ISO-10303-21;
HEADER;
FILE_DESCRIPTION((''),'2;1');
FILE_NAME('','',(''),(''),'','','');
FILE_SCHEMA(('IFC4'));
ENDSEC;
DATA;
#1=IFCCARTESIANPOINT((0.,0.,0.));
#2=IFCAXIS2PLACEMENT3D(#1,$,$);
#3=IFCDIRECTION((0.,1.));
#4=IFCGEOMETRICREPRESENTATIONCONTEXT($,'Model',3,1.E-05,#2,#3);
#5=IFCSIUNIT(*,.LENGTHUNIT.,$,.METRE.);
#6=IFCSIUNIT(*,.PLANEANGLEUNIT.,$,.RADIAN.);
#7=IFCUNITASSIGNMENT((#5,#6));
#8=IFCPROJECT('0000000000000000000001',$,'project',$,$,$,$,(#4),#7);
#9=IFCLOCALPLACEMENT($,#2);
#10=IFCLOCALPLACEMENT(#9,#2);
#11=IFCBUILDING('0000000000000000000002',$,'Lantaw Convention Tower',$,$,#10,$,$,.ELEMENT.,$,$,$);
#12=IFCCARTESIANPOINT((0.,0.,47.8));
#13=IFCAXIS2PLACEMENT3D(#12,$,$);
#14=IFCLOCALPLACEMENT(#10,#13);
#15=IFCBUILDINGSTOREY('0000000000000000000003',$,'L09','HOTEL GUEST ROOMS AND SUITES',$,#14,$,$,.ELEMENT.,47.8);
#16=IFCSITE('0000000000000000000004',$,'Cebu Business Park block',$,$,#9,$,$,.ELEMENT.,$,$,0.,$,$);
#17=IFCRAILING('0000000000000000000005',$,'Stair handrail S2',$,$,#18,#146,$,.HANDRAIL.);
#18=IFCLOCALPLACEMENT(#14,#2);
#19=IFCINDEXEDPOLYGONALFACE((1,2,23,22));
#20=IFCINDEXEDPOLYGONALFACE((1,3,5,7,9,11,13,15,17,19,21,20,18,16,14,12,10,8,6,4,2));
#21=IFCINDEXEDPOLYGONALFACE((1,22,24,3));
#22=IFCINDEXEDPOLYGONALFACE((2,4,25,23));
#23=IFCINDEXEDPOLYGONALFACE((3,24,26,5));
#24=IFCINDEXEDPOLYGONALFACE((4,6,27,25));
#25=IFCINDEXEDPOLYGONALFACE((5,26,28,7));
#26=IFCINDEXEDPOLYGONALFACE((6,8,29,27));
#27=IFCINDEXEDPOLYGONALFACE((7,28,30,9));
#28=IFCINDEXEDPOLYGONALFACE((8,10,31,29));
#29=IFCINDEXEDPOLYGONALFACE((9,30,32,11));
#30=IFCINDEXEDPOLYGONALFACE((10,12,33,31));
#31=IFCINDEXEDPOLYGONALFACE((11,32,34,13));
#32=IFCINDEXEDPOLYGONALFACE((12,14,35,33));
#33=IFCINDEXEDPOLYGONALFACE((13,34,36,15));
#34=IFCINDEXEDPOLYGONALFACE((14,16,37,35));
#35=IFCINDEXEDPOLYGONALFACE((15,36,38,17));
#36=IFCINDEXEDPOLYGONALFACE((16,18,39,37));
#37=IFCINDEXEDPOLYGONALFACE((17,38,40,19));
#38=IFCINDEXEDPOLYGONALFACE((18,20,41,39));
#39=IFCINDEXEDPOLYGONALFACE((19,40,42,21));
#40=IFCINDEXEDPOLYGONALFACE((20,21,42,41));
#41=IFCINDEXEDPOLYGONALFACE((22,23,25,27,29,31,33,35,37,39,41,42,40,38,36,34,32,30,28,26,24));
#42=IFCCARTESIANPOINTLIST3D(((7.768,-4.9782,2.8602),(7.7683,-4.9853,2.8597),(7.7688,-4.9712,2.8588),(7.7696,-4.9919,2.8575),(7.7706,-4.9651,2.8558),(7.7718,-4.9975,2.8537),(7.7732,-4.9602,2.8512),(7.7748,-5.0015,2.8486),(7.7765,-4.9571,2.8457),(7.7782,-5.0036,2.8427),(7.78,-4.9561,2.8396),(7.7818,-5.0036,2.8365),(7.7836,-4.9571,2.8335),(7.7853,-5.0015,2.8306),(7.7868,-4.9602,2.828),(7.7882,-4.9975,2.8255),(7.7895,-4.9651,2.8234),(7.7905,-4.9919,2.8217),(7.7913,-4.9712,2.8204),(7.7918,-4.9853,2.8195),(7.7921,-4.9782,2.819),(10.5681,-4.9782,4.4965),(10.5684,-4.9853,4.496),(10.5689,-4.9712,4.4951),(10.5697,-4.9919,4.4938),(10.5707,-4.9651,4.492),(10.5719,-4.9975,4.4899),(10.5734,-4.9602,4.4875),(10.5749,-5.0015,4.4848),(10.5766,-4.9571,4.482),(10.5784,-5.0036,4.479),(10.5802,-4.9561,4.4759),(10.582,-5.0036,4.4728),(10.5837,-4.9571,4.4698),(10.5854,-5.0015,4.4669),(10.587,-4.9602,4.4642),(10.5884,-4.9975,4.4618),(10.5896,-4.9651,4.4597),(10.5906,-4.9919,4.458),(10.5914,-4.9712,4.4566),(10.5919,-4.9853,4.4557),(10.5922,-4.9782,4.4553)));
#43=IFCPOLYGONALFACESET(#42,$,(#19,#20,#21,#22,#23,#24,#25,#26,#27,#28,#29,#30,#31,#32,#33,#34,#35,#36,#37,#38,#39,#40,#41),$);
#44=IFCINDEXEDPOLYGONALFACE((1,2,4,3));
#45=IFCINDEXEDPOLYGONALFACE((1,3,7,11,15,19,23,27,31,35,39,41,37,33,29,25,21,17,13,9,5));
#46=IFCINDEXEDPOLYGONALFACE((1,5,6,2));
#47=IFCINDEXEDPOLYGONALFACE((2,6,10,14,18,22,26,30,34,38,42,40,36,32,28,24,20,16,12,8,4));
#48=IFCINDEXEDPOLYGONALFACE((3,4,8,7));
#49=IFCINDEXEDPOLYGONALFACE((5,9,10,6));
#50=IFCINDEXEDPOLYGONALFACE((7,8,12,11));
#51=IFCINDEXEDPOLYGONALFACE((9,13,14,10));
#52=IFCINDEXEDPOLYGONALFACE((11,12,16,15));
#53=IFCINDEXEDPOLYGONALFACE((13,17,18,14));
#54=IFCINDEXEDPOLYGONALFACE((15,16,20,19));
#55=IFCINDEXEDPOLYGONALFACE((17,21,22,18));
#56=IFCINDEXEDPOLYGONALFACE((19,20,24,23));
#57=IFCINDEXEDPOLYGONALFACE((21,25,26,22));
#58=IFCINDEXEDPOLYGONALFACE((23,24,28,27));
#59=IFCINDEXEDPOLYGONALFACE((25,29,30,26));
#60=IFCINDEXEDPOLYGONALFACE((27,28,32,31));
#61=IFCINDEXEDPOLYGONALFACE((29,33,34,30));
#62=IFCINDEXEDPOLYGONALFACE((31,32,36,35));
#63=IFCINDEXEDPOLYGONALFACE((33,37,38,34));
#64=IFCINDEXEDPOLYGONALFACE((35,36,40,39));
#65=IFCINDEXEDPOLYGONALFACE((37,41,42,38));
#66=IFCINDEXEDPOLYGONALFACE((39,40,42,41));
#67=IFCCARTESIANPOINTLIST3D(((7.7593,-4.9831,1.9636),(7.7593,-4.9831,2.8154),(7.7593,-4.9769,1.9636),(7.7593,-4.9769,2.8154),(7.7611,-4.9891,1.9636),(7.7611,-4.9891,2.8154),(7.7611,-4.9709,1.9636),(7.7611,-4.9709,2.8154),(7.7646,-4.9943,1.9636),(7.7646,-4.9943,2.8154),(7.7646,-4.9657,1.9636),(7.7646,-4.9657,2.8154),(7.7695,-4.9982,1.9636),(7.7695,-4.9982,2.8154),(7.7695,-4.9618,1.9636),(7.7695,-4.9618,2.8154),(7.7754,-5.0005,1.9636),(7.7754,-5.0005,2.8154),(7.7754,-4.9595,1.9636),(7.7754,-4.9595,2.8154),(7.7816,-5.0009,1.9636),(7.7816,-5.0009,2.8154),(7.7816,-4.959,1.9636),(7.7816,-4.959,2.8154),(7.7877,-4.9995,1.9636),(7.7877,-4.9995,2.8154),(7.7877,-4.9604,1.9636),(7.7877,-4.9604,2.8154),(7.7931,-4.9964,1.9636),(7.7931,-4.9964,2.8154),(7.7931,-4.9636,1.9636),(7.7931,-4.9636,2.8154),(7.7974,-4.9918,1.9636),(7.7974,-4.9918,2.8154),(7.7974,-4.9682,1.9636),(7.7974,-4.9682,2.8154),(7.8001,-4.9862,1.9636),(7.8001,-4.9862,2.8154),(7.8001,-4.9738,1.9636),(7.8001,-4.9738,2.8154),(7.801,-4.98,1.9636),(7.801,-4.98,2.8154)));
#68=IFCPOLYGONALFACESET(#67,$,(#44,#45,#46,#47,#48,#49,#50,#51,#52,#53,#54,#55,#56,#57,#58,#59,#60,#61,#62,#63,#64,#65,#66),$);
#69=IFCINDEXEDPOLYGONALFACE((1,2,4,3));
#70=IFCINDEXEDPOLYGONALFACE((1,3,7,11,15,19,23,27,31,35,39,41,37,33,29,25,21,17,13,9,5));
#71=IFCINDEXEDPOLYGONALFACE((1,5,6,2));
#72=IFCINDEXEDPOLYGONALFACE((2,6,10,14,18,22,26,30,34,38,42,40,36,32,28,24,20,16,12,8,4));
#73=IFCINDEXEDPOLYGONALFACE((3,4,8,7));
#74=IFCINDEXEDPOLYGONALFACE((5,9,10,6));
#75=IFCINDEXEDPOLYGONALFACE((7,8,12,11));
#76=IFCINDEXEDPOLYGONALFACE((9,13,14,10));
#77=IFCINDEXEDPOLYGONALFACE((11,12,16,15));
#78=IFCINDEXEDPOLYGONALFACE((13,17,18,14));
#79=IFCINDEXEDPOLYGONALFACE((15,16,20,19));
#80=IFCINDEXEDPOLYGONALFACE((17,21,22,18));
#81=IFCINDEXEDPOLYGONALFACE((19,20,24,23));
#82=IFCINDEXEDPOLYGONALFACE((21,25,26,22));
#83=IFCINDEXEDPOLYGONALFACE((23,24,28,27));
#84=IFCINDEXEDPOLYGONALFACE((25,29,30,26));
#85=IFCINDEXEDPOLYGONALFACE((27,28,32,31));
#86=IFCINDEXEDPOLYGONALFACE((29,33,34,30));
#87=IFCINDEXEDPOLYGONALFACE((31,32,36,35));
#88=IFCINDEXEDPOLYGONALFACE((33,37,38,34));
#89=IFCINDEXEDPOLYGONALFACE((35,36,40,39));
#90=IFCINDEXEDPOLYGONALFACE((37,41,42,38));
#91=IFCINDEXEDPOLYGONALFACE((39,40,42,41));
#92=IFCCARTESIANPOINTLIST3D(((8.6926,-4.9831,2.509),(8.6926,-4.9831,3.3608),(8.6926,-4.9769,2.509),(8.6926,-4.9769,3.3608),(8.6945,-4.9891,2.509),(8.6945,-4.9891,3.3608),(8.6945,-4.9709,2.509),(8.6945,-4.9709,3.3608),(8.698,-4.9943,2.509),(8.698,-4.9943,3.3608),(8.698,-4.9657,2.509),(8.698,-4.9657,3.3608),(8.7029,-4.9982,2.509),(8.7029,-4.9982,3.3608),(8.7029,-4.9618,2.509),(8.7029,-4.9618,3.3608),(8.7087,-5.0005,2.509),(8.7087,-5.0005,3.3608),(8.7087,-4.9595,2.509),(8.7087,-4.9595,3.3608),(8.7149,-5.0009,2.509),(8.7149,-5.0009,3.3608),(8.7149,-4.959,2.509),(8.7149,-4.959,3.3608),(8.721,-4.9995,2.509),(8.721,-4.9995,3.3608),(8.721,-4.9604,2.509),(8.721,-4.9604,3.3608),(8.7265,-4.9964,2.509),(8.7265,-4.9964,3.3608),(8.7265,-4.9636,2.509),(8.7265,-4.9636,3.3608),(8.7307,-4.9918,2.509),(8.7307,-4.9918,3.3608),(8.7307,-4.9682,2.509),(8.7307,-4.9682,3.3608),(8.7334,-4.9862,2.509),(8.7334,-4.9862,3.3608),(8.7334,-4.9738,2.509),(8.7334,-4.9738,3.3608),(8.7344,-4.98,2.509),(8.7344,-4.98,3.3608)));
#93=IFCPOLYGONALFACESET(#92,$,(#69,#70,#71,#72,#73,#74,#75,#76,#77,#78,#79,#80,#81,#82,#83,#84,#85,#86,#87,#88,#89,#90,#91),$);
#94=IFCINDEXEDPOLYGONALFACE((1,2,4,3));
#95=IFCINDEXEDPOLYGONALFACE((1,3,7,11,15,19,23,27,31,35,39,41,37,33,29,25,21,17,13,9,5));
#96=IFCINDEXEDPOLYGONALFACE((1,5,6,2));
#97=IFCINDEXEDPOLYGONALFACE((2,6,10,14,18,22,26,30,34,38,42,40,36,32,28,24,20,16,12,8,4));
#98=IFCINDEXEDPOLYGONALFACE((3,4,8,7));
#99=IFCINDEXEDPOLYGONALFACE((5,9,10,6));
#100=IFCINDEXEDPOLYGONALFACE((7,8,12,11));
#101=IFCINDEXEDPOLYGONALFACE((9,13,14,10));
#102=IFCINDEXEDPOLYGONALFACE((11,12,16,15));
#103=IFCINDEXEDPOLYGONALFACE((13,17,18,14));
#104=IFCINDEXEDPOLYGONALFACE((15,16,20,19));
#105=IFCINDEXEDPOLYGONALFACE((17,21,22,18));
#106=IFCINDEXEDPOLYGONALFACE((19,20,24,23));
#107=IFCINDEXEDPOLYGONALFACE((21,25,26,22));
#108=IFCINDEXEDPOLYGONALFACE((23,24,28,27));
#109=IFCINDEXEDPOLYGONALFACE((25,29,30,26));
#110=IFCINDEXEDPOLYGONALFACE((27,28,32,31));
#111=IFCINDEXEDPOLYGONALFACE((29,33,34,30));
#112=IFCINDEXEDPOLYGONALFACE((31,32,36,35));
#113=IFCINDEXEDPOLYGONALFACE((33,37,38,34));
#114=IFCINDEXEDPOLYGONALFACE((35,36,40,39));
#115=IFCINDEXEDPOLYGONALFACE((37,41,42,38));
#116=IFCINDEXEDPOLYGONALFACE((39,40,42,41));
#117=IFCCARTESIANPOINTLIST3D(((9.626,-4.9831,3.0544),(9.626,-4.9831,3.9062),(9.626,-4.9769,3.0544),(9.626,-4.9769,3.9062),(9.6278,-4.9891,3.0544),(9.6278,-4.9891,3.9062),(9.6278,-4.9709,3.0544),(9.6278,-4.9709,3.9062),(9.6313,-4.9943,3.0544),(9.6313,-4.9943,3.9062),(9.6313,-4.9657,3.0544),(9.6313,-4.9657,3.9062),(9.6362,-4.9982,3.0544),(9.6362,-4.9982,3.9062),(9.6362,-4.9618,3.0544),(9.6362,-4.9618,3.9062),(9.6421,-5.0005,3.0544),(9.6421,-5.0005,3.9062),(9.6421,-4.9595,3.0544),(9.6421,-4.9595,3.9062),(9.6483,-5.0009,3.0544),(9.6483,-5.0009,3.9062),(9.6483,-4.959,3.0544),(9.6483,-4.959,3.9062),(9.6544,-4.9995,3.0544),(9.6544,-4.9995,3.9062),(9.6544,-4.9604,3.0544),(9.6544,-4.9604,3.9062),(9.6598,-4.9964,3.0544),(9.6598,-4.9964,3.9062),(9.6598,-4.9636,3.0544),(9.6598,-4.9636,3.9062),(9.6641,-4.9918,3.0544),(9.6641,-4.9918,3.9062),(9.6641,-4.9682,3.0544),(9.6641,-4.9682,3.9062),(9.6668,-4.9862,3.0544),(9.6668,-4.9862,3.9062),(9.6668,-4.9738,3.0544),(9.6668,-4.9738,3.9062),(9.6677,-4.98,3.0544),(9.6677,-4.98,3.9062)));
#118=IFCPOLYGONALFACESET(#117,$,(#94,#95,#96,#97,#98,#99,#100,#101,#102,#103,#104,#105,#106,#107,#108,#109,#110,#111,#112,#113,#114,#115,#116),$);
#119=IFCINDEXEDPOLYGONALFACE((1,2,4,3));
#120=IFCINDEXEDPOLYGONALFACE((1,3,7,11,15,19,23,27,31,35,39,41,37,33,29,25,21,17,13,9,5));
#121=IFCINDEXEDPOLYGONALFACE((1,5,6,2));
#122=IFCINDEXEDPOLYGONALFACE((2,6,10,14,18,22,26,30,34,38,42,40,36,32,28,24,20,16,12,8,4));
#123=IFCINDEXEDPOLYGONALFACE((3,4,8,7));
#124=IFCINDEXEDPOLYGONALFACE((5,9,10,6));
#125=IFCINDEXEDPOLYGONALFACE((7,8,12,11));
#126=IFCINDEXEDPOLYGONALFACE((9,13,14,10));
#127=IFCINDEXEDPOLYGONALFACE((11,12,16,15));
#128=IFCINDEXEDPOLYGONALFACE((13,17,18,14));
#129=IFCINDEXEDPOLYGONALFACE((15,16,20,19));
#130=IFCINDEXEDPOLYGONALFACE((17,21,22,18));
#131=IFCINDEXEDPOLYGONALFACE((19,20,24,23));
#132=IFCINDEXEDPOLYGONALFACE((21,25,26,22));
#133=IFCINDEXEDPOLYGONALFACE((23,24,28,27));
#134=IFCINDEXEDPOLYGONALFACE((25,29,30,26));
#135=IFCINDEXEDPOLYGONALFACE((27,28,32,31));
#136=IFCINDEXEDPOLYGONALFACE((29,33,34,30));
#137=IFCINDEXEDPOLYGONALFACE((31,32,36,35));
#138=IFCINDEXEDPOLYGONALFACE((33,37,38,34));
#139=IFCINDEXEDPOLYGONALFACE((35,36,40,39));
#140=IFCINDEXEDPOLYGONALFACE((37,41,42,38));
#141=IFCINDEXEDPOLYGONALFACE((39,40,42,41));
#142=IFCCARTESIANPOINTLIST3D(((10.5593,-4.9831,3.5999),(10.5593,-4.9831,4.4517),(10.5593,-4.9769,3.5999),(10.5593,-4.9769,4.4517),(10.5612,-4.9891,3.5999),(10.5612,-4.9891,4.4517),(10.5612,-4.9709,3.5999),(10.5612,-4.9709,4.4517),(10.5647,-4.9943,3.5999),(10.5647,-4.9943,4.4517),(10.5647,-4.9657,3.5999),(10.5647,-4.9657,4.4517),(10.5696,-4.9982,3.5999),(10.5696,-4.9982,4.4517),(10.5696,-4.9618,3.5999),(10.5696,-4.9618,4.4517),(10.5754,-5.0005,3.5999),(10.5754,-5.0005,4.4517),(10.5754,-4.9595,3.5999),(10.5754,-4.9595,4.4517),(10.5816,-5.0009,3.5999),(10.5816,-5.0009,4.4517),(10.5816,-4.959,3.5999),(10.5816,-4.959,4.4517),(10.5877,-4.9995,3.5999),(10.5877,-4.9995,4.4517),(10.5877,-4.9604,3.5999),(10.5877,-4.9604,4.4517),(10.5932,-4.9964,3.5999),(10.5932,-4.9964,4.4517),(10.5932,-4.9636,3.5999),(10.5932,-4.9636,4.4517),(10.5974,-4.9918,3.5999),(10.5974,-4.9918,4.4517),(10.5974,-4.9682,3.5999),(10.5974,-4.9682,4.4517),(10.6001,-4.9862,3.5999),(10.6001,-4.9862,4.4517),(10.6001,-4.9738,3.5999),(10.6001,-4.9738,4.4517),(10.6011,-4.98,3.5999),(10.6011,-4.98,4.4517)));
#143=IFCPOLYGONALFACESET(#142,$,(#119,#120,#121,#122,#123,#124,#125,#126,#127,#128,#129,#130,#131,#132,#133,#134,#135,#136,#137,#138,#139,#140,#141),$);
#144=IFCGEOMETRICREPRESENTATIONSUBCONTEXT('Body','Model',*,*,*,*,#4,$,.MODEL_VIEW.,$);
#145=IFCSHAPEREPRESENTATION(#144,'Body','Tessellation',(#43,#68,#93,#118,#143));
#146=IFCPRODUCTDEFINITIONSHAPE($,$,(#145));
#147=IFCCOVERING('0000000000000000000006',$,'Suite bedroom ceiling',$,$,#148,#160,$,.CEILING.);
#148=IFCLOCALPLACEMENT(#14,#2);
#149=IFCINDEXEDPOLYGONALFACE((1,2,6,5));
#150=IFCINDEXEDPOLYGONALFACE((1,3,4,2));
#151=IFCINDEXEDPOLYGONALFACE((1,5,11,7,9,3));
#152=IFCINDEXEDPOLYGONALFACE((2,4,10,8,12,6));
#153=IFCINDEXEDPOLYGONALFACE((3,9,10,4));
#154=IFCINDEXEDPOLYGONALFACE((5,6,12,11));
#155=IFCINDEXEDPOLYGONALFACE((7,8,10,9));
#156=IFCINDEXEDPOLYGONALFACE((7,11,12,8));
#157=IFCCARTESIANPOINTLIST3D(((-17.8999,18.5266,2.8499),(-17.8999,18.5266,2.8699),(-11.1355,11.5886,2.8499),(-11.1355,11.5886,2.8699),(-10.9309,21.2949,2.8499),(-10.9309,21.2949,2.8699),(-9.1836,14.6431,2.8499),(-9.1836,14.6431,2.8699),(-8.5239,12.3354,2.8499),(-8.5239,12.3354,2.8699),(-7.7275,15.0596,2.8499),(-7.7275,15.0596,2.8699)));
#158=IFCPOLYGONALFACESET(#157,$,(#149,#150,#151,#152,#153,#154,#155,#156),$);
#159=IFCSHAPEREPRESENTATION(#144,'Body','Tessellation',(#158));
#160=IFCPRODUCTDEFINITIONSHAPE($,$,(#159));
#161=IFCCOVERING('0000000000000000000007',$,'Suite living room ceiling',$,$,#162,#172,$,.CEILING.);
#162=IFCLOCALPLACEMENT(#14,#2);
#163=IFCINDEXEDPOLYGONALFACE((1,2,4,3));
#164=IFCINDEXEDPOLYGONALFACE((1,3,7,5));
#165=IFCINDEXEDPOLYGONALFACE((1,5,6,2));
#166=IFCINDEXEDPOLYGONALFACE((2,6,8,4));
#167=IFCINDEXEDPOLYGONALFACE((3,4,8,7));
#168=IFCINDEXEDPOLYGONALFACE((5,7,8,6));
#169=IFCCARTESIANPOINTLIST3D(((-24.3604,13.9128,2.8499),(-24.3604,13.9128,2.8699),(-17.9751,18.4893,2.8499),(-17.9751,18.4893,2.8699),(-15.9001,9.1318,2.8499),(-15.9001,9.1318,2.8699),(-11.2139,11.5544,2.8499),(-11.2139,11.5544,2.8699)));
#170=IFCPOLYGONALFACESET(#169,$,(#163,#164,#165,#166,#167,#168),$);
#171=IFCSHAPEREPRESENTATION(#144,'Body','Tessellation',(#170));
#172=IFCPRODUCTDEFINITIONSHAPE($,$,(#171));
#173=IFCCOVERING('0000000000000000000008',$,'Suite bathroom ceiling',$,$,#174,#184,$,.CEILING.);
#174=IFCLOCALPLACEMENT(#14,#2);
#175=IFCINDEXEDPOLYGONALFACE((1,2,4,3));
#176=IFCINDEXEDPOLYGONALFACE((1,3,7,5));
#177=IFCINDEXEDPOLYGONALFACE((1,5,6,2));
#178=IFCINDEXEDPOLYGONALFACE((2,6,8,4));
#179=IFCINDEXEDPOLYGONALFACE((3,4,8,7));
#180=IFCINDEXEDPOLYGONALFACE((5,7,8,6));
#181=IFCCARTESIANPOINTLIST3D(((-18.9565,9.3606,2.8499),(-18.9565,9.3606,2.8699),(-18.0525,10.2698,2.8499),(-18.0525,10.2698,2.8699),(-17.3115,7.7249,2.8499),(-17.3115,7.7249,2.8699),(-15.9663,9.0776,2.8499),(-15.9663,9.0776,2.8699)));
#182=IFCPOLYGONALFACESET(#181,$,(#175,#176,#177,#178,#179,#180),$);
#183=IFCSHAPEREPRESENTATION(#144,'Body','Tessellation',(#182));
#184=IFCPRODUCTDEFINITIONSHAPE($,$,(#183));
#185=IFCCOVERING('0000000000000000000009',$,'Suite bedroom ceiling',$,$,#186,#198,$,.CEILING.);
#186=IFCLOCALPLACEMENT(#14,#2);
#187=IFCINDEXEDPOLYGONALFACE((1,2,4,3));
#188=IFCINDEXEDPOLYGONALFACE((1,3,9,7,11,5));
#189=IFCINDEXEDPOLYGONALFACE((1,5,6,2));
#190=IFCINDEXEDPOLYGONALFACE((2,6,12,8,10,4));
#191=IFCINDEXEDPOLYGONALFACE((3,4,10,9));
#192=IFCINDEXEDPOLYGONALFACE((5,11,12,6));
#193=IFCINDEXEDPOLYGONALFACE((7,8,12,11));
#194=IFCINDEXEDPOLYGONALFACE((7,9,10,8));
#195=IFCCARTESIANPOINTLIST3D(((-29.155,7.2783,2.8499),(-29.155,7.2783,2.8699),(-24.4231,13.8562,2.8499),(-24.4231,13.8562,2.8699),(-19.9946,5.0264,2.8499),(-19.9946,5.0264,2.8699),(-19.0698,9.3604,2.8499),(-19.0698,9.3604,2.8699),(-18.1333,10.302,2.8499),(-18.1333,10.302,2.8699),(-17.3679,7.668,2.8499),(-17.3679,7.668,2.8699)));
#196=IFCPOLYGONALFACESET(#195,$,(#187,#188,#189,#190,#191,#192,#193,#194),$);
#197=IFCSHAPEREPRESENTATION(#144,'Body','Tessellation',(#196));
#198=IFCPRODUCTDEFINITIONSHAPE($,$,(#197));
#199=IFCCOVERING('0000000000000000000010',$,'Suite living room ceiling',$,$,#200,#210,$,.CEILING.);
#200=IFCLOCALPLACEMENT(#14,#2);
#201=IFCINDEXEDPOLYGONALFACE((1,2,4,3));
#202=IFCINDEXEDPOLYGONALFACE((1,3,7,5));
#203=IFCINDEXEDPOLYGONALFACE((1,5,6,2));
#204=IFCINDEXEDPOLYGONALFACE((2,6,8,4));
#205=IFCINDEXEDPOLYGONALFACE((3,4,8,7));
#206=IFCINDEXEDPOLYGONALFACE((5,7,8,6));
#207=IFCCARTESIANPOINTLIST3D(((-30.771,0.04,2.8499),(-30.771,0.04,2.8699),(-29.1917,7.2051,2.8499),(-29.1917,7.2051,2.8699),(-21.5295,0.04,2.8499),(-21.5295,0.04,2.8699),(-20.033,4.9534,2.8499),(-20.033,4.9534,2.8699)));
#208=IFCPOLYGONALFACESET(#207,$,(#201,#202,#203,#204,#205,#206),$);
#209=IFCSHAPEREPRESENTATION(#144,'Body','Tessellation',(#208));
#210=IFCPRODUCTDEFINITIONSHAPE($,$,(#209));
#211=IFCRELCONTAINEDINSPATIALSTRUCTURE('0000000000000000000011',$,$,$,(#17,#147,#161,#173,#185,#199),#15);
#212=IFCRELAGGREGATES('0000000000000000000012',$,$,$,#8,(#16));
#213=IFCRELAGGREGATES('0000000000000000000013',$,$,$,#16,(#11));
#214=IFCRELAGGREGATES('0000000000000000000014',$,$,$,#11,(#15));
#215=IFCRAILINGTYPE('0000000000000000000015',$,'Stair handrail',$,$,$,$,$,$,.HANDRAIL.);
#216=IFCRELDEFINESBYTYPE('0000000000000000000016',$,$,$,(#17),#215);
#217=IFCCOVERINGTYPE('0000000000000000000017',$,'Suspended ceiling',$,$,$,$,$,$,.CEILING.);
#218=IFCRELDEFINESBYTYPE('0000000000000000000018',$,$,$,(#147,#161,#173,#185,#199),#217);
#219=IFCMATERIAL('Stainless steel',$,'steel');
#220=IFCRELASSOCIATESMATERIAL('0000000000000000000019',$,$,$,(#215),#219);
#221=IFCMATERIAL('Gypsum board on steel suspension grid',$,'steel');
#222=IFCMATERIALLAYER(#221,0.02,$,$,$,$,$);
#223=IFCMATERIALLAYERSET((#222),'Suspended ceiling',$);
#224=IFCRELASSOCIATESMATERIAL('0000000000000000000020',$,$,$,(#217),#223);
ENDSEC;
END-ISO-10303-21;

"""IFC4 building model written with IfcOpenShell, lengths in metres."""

from ifc_helpers import new_model, si_unit, direction, frame, origin, origin_2d, place, context, subcontext, project, spatial, polyline, circle, outline, extrude, material, layer, layer_set, type_object, element, save


model = new_model("IFC4")

# Units and contexts
model_context = context("Model", 3, precision=1e-05, world=origin(), true_north=direction((0.0, 1.0)))
body_context = subcontext(model_context, "Body", "Model", "MODEL_VIEW")
ifc_project = project(units=[si_unit("LENGTHUNIT", "METRE"), si_unit("PLANEANGLEUNIT", "RADIAN")], contexts=[model_context])

# Site, building, storey
site_placement = place(None, origin())
site = spatial("IfcSite", under=ifc_project, at=site_placement, Name="Cebu Business Park block", CompositionType="ELEMENT", RefElevation=0.0)
building_placement = place(site_placement, origin())
building = spatial("IfcBuilding", under=site, at=building_placement, Name="Lantaw Convention Tower", CompositionType="ELEMENT")
storey_placement = place(building_placement, frame((0.0, 0.0, 47.8)))
storey = spatial("IfcBuildingStorey", under=building, at=storey_placement, Name="L09", Description="HOTEL GUEST ROOMS AND SUITES", CompositionType="ELEMENT", Elevation=47.8)

# Railing
ifc_material_1 = material(Name="Stainless steel", Category="steel")
railing_type = type_object("IfcRailingType", Name="Stair handrail", PredefinedType="HANDRAIL", material=ifc_material_1)
railing_placement = place(storey_placement, frame((7.78, -4.98, 1.9636)))
element("IfcRailing", 1, at=railing_placement, inside=storey, type_object=railing_type, Name="Stair handrail S2", PredefinedType="HANDRAIL", context=body_context, shape_type="SweptSolid", body=[
    extrude(circle(Radius=0.0239, at=origin_2d()), frame((0.0, 0.0, 0.876), z_axis=(0.863394, 0.0, 0.504531), x_axis=(0.0, 1.0, 0.0)), (0.0, 0.0, 1.0), 3.2432),
    extrude(circle(Radius=0.021, at=origin_2d()), origin(), (0.0, 0.0, 1.0), 0.8518),
    extrude(circle(Radius=0.021, at=origin_2d()), frame((0.9333, 0.0, 0.5454)), (0.0, 0.0, 1.0), 0.8518),
    extrude(circle(Radius=0.021, at=origin_2d()), frame((1.8667, 0.0, 1.0908)), (0.0, 0.0, 1.0), 0.8518),
    extrude(circle(Radius=0.021, at=origin_2d()), frame((2.8, 0.0, 1.6362)), (0.0, 0.0, 1.0), 0.8518),
])

# Coverings
ifc_material_2 = material(Name="Gypsum board on steel suspension grid", Category="steel")
ifc_layer_1 = layer(ifc_material_2, 0.02)
ifc_layer_set_1 = layer_set([ifc_layer_1], Name="Suspended ceiling")
covering_type = type_object("IfcCoveringType", Name="Suspended ceiling", PredefinedType="CEILING", material=ifc_layer_set_1)
covering_1_placement = place(storey_placement, frame((0.0, 0.0, 2.8499)))
element("IfcCovering", 2, at=covering_1_placement, inside=storey, type_object=covering_type, Name="Suite bedroom ceiling", PredefinedType="CEILING", context=body_context, shape_type="SweptSolid", body=[
    extrude(outline(polyline([(-11.1355, 11.5886), (-8.5239, 12.3354), (-9.1836, 14.6431), (-7.7275, 15.0596), (-10.9309, 21.2949), (-17.8999, 18.5266), (-11.1355, 11.5886)])), origin(), (0.0, 0.0, 1.0), 0.02),
])
covering_2_placement = place(storey_placement, frame((0.0, 0.0, 2.8499)))
element("IfcCovering", 3, at=covering_2_placement, inside=storey, type_object=covering_type, Name="Suite living room ceiling", PredefinedType="CEILING", context=body_context, shape_type="SweptSolid", body=[
    extrude(outline(polyline([(-11.2139, 11.5544), (-17.9751, 18.4893), (-24.3604, 13.9128), (-15.9001, 9.1318), (-11.2139, 11.5544)])), origin(), (0.0, 0.0, 1.0), 0.02),
])
covering_3_placement = place(storey_placement, frame((0.0, 0.0, 2.8499)))
element("IfcCovering", 4, at=covering_3_placement, inside=storey, type_object=covering_type, Name="Suite bathroom ceiling", PredefinedType="CEILING", context=body_context, shape_type="SweptSolid", body=[
    extrude(outline(polyline([(-15.9663, 9.0776), (-18.0525, 10.2698), (-18.9565, 9.3606), (-17.3115, 7.7249), (-15.9663, 9.0776)])), origin(), (0.0, 0.0, 1.0), 0.02),
])
covering_4_placement = place(storey_placement, frame((0.0, 0.0, 2.8499)))
element("IfcCovering", 5, at=covering_4_placement, inside=storey, type_object=covering_type, Name="Suite bedroom ceiling", PredefinedType="CEILING", context=body_context, shape_type="SweptSolid", body=[
    extrude(outline(polyline([(-19.9946, 5.0264), (-17.3679, 7.668), (-19.0698, 9.3604), (-18.1333, 10.302), (-24.4231, 13.8562), (-29.155, 7.2783), (-19.9946, 5.0264)])), origin(), (0.0, 0.0, 1.0), 0.02),
])
covering_5_placement = place(storey_placement, frame((0.0, 0.0, 2.8499)))
element("IfcCovering", 6, at=covering_5_placement, inside=storey, type_object=covering_type, Name="Suite living room ceiling", PredefinedType="CEILING", context=body_context, shape_type="SweptSolid", body=[
    extrude(outline(polyline([(-20.033, 4.9534), (-29.1917, 7.2051), (-30.771, 0.04), (-21.5295, 0.04), (-20.033, 4.9534)])), origin(), (0.0, 0.0, 1.0), 0.02),
])

save(model, "model.ifc")
